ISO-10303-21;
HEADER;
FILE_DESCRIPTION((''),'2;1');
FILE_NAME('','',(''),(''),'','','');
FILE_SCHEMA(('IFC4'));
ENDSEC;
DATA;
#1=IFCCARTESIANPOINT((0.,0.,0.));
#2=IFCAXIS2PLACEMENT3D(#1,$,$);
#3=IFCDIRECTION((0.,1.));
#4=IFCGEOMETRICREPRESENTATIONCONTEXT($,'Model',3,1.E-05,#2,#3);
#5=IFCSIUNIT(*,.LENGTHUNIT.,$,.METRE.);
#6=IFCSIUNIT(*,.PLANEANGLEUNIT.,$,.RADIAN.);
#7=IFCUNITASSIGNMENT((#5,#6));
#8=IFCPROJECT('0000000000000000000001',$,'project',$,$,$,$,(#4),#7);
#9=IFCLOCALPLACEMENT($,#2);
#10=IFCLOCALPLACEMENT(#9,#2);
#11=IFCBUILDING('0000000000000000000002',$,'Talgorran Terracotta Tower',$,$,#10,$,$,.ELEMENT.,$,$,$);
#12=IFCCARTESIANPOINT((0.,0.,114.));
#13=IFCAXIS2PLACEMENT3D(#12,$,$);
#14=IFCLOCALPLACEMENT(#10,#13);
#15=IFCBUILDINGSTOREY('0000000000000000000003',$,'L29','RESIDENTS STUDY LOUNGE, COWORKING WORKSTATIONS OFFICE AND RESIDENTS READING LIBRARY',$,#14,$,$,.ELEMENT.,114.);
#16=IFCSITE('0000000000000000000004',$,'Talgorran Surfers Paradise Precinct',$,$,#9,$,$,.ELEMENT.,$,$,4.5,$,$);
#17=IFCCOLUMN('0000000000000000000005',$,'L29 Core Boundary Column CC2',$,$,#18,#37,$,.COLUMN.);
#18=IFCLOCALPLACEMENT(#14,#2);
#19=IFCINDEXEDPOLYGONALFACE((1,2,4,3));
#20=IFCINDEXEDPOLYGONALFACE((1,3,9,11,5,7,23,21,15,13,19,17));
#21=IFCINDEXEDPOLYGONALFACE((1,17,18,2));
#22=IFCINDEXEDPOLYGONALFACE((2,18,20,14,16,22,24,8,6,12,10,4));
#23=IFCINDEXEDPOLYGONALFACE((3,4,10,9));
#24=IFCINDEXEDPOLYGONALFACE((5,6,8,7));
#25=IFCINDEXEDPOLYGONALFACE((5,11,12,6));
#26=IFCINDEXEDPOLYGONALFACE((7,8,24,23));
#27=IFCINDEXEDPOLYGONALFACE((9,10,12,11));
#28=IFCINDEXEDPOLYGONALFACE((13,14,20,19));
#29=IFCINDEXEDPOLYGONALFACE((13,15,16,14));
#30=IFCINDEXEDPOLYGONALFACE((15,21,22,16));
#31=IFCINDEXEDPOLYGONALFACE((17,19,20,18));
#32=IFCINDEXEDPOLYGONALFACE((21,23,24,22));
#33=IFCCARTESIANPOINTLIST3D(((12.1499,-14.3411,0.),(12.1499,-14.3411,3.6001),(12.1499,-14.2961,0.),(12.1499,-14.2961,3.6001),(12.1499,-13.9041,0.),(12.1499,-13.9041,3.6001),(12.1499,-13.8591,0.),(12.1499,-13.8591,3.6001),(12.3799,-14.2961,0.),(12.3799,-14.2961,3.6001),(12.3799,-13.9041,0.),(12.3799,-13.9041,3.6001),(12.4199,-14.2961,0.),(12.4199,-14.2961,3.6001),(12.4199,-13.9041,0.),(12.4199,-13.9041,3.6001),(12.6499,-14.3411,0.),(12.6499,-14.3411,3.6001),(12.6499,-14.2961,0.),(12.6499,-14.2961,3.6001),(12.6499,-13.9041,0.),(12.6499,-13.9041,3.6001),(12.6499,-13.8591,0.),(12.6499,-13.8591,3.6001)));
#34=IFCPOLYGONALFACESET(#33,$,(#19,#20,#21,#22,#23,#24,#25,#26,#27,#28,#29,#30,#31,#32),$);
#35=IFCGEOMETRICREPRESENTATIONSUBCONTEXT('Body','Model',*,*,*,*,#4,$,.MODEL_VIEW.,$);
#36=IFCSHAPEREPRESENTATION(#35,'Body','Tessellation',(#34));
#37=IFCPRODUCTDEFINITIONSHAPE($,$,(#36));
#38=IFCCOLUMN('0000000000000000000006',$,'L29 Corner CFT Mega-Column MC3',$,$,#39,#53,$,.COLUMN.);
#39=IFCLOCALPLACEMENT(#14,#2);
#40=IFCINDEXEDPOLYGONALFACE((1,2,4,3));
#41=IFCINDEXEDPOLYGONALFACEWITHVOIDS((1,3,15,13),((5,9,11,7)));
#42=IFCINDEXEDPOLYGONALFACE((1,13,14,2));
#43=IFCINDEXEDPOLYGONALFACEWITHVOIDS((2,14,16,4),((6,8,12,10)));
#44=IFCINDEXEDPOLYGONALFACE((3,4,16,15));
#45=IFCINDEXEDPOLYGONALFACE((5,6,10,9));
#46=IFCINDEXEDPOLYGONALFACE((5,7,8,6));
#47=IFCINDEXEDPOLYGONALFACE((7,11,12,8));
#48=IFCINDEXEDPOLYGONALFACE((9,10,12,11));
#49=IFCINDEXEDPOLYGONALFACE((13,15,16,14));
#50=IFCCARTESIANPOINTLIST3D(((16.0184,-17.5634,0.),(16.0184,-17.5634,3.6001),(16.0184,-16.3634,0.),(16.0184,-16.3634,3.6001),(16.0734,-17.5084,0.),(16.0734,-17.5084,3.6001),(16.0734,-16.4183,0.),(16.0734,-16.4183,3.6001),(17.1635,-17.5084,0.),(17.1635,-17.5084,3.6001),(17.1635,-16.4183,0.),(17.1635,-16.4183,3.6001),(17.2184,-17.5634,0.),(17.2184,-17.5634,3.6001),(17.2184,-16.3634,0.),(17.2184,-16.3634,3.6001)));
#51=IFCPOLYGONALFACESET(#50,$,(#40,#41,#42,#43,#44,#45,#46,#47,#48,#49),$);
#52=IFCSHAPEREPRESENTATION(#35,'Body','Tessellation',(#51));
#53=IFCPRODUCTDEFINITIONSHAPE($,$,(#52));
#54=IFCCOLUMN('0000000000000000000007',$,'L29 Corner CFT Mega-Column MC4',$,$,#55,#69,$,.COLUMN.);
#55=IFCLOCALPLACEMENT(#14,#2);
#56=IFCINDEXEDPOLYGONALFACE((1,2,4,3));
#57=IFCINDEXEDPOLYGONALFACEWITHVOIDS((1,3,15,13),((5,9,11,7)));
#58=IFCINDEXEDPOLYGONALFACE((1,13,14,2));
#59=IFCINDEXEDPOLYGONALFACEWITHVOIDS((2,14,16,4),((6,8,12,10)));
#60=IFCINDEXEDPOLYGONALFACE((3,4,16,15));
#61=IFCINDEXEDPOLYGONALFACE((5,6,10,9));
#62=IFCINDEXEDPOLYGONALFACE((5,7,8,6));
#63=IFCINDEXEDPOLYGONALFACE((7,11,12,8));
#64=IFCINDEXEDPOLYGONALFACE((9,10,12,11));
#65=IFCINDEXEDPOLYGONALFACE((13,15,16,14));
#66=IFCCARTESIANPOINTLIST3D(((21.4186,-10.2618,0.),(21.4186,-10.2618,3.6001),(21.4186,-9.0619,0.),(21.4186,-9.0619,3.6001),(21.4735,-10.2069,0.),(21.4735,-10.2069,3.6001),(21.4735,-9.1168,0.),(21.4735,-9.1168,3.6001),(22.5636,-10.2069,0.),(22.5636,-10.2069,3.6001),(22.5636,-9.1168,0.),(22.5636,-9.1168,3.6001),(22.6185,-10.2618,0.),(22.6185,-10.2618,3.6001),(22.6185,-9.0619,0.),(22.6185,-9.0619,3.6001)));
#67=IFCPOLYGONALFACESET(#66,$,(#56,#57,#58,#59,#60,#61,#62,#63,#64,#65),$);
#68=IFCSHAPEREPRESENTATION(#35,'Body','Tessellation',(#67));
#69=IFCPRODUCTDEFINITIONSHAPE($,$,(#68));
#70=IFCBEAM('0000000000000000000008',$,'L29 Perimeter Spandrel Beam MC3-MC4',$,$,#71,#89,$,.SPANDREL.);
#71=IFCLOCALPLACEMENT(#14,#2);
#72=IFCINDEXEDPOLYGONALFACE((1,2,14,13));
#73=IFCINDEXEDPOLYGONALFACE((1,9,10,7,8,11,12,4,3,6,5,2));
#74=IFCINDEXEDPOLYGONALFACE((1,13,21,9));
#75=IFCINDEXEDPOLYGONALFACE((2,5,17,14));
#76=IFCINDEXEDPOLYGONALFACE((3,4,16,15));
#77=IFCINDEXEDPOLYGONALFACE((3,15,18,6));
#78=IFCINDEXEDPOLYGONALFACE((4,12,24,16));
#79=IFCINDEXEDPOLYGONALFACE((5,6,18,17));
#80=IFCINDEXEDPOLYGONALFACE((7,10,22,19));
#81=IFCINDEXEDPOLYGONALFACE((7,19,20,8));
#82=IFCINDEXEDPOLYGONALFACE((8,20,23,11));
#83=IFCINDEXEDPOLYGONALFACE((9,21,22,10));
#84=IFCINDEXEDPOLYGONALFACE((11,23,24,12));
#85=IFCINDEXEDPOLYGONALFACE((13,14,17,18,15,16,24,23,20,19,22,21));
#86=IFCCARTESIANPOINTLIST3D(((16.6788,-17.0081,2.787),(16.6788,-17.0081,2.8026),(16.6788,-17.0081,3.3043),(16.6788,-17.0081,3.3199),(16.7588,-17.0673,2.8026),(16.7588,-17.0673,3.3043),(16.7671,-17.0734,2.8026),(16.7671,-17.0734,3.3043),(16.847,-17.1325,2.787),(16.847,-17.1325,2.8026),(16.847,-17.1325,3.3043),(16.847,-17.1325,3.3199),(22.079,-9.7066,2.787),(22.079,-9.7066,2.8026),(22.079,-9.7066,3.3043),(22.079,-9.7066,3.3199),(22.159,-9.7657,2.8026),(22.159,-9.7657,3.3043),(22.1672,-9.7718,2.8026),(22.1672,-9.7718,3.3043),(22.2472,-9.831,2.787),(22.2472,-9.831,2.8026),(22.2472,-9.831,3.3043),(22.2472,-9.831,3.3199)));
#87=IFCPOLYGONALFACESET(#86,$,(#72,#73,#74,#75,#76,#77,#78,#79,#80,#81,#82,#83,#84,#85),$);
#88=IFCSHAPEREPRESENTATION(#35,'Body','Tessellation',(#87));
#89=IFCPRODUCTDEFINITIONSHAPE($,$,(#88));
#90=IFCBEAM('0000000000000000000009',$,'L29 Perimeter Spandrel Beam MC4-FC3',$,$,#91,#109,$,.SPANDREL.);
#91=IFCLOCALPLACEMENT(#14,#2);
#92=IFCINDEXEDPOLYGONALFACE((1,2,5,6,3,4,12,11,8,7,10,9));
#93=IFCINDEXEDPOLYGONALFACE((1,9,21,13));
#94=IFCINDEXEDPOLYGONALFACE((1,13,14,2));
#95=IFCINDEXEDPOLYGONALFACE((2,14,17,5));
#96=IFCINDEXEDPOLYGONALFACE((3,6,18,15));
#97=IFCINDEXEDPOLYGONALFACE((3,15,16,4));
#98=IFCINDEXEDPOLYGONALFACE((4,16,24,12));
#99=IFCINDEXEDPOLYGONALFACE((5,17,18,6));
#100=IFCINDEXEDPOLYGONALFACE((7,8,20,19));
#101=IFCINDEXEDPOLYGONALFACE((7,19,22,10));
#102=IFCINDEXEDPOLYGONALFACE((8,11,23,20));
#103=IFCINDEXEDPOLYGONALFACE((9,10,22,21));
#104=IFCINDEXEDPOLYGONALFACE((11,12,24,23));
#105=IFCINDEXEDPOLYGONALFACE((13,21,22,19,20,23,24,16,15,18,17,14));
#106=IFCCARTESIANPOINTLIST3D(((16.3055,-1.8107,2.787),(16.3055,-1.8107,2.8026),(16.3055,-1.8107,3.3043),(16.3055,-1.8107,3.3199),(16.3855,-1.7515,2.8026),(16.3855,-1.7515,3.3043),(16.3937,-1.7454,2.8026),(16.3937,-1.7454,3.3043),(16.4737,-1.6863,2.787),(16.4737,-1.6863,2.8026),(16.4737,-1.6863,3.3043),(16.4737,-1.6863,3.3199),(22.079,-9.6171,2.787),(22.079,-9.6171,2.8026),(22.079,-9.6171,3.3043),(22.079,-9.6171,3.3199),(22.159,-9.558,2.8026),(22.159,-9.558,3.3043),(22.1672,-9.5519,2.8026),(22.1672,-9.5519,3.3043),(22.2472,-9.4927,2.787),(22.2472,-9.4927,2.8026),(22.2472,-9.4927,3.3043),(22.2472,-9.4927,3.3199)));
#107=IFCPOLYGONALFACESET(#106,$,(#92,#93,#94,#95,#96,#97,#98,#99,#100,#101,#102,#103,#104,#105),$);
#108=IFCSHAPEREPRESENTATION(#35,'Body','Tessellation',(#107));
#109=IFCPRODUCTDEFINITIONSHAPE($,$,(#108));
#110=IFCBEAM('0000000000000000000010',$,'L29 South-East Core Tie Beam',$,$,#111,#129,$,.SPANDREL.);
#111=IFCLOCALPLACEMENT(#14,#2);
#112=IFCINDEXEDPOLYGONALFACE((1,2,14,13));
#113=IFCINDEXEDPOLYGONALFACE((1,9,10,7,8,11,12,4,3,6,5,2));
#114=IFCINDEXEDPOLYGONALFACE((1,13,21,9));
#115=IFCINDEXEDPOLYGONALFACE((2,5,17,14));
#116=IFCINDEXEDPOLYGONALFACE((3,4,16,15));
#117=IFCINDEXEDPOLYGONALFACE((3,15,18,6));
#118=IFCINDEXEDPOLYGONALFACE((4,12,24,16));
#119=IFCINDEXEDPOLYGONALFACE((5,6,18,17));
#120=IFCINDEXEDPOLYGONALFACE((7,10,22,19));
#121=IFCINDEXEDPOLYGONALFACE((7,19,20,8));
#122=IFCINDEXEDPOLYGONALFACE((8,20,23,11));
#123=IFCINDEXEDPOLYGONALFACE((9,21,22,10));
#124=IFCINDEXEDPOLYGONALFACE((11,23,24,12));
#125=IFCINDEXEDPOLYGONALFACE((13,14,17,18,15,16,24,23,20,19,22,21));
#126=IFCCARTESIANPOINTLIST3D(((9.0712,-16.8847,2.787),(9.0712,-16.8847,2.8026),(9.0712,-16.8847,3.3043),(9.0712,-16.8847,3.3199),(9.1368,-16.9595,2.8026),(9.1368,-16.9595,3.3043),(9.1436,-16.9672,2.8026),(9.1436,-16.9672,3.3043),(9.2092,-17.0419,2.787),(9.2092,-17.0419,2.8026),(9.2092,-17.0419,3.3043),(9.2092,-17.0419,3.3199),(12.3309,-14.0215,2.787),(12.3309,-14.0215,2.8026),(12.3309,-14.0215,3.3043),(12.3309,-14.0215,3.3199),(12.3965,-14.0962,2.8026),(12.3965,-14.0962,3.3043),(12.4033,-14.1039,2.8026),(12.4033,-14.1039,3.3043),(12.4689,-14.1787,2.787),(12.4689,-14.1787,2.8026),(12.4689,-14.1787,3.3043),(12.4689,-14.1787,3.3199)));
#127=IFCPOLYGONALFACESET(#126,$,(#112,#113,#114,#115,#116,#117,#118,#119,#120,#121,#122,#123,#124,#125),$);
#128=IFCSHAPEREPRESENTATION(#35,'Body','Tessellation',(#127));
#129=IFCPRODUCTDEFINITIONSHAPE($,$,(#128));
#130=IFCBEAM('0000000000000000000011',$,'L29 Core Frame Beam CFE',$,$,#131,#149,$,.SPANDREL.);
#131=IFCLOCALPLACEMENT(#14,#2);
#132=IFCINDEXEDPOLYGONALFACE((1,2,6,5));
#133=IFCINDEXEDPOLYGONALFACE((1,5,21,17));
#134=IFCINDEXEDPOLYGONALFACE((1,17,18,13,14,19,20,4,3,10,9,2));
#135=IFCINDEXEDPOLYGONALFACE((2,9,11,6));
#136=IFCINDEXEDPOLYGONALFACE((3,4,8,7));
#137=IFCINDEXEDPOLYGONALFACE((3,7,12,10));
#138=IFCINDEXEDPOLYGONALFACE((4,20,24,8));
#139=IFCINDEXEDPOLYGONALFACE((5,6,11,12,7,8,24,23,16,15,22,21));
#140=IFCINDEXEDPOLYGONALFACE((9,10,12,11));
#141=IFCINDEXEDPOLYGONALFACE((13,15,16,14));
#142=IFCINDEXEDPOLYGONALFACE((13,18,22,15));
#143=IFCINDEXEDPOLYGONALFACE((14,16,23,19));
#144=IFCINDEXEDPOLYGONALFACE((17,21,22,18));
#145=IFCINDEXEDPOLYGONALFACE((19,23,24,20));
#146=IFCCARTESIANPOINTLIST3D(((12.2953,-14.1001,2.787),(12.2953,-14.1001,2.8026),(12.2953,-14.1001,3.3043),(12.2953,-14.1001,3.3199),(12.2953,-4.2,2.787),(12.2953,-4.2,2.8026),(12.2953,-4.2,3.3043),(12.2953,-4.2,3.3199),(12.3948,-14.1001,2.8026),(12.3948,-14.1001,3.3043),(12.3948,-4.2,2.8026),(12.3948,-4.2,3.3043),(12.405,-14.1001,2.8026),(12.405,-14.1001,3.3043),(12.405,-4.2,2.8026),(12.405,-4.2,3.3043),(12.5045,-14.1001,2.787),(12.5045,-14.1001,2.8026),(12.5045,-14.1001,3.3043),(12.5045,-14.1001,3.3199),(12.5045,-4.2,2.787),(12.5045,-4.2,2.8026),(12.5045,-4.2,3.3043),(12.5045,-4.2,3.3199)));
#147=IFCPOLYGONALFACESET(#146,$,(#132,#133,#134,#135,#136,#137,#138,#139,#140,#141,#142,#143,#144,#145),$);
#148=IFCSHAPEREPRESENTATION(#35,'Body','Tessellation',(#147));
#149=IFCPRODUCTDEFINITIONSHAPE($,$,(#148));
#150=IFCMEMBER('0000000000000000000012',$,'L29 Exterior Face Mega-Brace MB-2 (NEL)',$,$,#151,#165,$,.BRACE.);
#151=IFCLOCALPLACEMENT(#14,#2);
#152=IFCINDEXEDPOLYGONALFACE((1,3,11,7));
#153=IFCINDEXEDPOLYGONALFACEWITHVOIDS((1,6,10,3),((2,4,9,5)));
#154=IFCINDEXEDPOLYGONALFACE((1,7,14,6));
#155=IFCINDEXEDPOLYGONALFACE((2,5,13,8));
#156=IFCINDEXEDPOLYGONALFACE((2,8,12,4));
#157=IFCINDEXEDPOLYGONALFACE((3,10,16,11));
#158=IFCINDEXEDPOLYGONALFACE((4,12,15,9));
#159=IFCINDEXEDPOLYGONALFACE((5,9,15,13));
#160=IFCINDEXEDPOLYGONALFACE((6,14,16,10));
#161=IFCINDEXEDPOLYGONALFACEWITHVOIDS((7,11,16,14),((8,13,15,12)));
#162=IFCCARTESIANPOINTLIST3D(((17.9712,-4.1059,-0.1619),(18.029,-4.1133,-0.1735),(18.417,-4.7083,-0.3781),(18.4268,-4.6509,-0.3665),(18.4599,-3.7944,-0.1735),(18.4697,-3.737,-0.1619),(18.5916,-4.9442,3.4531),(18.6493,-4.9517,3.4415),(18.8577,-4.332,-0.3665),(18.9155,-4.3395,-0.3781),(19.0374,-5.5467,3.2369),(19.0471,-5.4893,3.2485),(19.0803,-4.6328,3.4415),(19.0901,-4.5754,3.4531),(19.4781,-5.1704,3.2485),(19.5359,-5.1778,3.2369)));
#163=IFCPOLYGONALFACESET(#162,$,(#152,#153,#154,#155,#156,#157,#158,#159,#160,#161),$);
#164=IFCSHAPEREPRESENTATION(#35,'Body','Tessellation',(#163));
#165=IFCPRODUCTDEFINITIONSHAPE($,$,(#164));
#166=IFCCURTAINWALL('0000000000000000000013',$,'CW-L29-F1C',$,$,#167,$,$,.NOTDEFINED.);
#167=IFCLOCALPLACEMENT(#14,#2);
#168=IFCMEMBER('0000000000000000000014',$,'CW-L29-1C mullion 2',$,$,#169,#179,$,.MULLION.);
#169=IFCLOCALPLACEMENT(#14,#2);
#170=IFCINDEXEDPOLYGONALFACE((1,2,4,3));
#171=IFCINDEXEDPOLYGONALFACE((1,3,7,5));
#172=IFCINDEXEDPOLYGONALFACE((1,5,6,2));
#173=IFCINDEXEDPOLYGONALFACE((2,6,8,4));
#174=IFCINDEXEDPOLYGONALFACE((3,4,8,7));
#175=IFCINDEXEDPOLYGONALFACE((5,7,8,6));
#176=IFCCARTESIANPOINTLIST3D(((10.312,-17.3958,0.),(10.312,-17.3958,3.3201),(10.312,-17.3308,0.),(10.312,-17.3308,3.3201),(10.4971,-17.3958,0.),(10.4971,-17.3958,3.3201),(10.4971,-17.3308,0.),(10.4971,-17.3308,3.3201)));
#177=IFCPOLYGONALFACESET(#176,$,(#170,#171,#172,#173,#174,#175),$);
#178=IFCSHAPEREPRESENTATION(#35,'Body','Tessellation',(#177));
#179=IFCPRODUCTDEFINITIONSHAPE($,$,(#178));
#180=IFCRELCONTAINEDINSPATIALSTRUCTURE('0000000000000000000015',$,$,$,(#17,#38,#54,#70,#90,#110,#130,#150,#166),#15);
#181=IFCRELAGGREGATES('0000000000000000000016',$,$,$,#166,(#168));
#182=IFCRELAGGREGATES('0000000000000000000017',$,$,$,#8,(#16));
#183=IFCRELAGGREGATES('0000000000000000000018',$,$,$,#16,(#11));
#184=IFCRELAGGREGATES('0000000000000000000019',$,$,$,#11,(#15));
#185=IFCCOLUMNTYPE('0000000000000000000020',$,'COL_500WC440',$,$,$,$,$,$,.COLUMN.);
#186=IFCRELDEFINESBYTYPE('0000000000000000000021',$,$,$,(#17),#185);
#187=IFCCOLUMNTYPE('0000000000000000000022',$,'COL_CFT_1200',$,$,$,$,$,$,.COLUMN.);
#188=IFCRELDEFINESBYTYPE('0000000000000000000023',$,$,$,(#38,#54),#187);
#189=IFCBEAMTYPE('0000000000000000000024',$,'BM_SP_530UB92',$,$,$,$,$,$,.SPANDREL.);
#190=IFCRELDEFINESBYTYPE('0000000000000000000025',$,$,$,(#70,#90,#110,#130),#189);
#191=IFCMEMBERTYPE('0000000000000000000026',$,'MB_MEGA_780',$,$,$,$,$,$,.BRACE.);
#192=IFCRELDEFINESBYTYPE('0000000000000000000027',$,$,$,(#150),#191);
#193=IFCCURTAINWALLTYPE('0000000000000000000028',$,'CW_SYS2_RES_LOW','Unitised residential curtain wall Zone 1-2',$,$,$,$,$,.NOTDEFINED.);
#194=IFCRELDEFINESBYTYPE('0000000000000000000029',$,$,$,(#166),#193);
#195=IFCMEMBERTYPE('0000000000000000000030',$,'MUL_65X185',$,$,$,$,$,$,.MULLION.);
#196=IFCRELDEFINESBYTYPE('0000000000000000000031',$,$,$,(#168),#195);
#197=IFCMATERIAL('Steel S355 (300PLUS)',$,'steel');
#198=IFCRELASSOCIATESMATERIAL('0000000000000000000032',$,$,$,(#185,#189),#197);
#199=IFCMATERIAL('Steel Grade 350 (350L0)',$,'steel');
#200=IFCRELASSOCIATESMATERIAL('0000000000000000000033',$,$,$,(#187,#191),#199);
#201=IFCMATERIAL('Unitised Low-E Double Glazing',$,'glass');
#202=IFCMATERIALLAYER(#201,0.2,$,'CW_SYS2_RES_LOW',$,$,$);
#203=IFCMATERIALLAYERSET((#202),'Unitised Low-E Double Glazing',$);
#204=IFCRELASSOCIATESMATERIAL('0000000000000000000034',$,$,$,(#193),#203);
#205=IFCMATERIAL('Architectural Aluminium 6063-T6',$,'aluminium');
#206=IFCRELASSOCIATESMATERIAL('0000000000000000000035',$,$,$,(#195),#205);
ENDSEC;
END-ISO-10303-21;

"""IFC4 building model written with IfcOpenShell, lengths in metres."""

from ifc_helpers import new_model, si_unit, direction, frame, origin, origin_2d, place, context, subcontext, project, spatial, rectangle, hollow_rectangle, i_section, extrude, material, layer, layer_set, material_profile, profile_set, type_object, element, aggregate, save


model = new_model("IFC4")

# Units and contexts
model_context = context("Model", 3, precision=1e-05, world=origin(), true_north=direction((0.0, 1.0)))
body_context = subcontext(model_context, "Body", "Model", "MODEL_VIEW")
ifc_project = project(units=[si_unit("LENGTHUNIT", "METRE"), si_unit("PLANEANGLEUNIT", "RADIAN")], contexts=[model_context])

# Site, building, storey
site_placement = place(None, origin())
site = spatial("IfcSite", under=ifc_project, at=site_placement, Name="Talgorran Surfers Paradise Precinct", CompositionType="ELEMENT", RefElevation=4.5)
building_placement = place(site_placement, origin())
building = spatial("IfcBuilding", under=site, at=building_placement, Name="Talgorran Terracotta Tower", CompositionType="ELEMENT")
storey_placement = place(building_placement, frame((0.0, 0.0, 114.0)))
storey = spatial("IfcBuildingStorey", under=building, at=storey_placement, Name="L29", Description="RESIDENTS STUDY LOUNGE, COWORKING WORKSTATIONS OFFICE AND RESIDENTS READING LIBRARY", CompositionType="ELEMENT", Elevation=114.0)

# Columns
ifc_material_1 = material(Name="Steel S355 (300PLUS)", Category="steel")
ifc_material_profile_1 = material_profile(ifc_material_1, i_section(OverallWidth=0.5, OverallDepth=0.4819, WebThickness=0.04, FlangeThickness=0.0449, at=origin_2d()), Name="500WC440")
ifc_profile_set_1 = profile_set([ifc_material_profile_1], Name="Steel S355 (300PLUS)")
column_type_1 = type_object("IfcColumnType", Name="COL_500WC440", PredefinedType="COLUMN", material=ifc_profile_set_1)
column_placement = place(storey_placement, frame((12.3999, -14.1001, 0.0), z_axis=(0.0, 0.0, 1.0), x_axis=(1.0, 0.0, 0.0)))
element("IfcColumn", 1, at=column_placement, inside=storey, type_object=column_type_1, Name="L29 Core Boundary Column CC2", PredefinedType="COLUMN", context=body_context, shape_type="SweptSolid", body=[
    extrude(i_section(OverallWidth=0.5, OverallDepth=0.4819, WebThickness=0.04, FlangeThickness=0.0449, at=origin_2d()), origin(), (0.0, 0.0, 1.0), 3.6001),
])
ifc_material_2 = material(Name="Steel Grade 350 (350L0)", Category="steel")
ifc_material_profile_2 = material_profile(ifc_material_2, hollow_rectangle(XDim=1.2, YDim=1.2, WallThickness=0.0549, at=origin_2d()), Name="CFT1200X1200X55")
ifc_profile_set_2 = profile_set([ifc_material_profile_2], Name="Steel Grade 350 (350L0)")
column_type_2 = type_object("IfcColumnType", Name="COL_CFT_1200", PredefinedType="COLUMN", material=ifc_profile_set_2)
for number, where, z_axis, x_axis, name in (
    (2, (16.6184, -16.9634, 0.0), (0.0, 0.0, 1.0), (1.0, 0.0, 0.0), "L29 Corner CFT Mega-Column MC3"),
    (3, (22.0186, -9.6619, 0.0), (0.0, 0.0, 1.0), (1.0, 0.0, 0.0), "L29 Corner CFT Mega-Column MC4"),
):
    element("IfcColumn", number, at=place(storey_placement, frame(where, z_axis=z_axis, x_axis=x_axis)), inside=storey, type_object=column_type_2, Name=name, PredefinedType="COLUMN", context=body_context, shape_type="SweptSolid", body=[
        extrude(hollow_rectangle(XDim=1.2, YDim=1.2, WallThickness=0.0549, at=origin_2d()), origin(), (0.0, 0.0, 1.0), 3.6001),
    ])

# Beams
ifc_material_profile_3 = material_profile(ifc_material_1, i_section(OverallWidth=0.2092, OverallDepth=0.533, WebThickness=0.0103, FlangeThickness=0.0156, at=origin_2d()), Name="530UB92.4")
ifc_profile_set_3 = profile_set([ifc_material_profile_3], Name="Steel S355 (300PLUS)")
beam_type = type_object("IfcBeamType", Name="BM_SP_530UB92", PredefinedType="SPANDREL", material=ifc_profile_set_3)
beam_1_placement = place(storey_placement, frame((16.7629, -17.0703, 3.0535), z_axis=(0.594631, 0.803998, 0.0), x_axis=(-0.803998, 0.594631, 0.0)))
element("IfcBeam", 4, at=beam_1_placement, inside=storey, type_object=beam_type, Name="L29 Perimeter Spandrel Beam MC3-MC4", PredefinedType="SPANDREL", context=body_context, shape_type="SweptSolid", body=[
    extrude(i_section(OverallWidth=0.2092, OverallDepth=0.533, WebThickness=0.0103, FlangeThickness=0.0156, at=origin_2d()), origin(), (0.0, 0.0, 1.0), 9.0815),
])
beam_2_placement = place(storey_placement, frame((22.1631, -9.5549, 3.0535), z_axis=(-0.594624, 0.804004, 0.0), x_axis=(-0.804004, -0.594624, 0.0)))
element("IfcBeam", 5, at=beam_2_placement, inside=storey, type_object=beam_type, Name="L29 Perimeter Spandrel Beam MC4-FC3", PredefinedType="SPANDREL", context=body_context, shape_type="SweptSolid", body=[
    extrude(i_section(OverallWidth=0.2092, OverallDepth=0.533, WebThickness=0.0103, FlangeThickness=0.0156, at=origin_2d()), origin(), (0.0, 0.0, 1.0), 9.7095),
])
beam_3_placement = place(storey_placement, frame((12.3999, -14.1001, 3.0535), z_axis=(-0.75132, -0.659938, 0.0), x_axis=(0.659938, -0.75132, 0.0)))
element("IfcBeam", 6, at=beam_3_placement, inside=storey, type_object=beam_type, Name="L29 South-East Core Tie Beam", PredefinedType="SPANDREL", context=body_context, shape_type="SweptSolid", body=[
    extrude(i_section(OverallWidth=0.2092, OverallDepth=0.533, WebThickness=0.0103, FlangeThickness=0.0156, at=origin_2d()), origin(), (0.0, 0.0, 1.0), 4.3386),
])
beam_4_placement = place(storey_placement, frame((12.3999, -14.1001, 3.0535), z_axis=(0.0, 1.0, 0.0), x_axis=(-1.0, 0.0, 0.0)))
element("IfcBeam", 7, at=beam_4_placement, inside=storey, type_object=beam_type, Name="L29 Core Frame Beam CFE", PredefinedType="SPANDREL", context=body_context, shape_type="SweptSolid", body=[
    extrude(i_section(OverallWidth=0.2092, OverallDepth=0.533, WebThickness=0.0103, FlangeThickness=0.0156, at=origin_2d()), origin(), (0.0, 0.0, 1.0), 9.9001),
])

# Member
ifc_material_profile_4 = material_profile(ifc_material_2, hollow_rectangle(XDim=0.6201, YDim=0.78, WallThickness=0.042, at=origin_2d()), Name="WBOX780X620X42")
ifc_profile_set_4 = profile_set([ifc_material_profile_4], Name="Steel Grade 350 (350L0)")
member_type_1 = type_object("IfcMemberType", Name="MB_MEGA_780", PredefinedType="BRACE", material=ifc_profile_set_4)
member_1_placement = place(storey_placement, frame((18.4434, -4.2227, -0.27), z_axis=(0.164883, -0.222829, 0.960813), x_axis=(0.80386, 0.594819, 0.0)))
element("IfcMember", 8, at=member_1_placement, inside=storey, type_object=member_type_1, Name="L29 Exterior Face Mega-Brace MB-2 (NEL)", PredefinedType="BRACE", context=body_context, shape_type="SweptSolid", body=[
    extrude(hollow_rectangle(XDim=0.6201, YDim=0.78, WallThickness=0.042, at=origin_2d()), origin(), (0.0, 0.0, 1.0), 3.7625),
])

# Curtain wall, member
ifc_material_3 = material(Name="Unitised Low-E Double Glazing", Category="glass")
ifc_layer_1 = layer(ifc_material_3, 0.2, Name="CW_SYS2_RES_LOW")
ifc_layer_set_1 = layer_set([ifc_layer_1], Name="Unitised Low-E Double Glazing")
curtain_wall_type = type_object("IfcCurtainWallType", Name="CW_SYS2_RES_LOW", Description="Unitised residential curtain wall Zone 1-2", PredefinedType="NOTDEFINED", material=ifc_layer_set_1)
curtain_wall_1_placement = place(storey_placement, origin())
curtain_wall_1 = element("IfcCurtainWall", 9, at=curtain_wall_1_placement, inside=storey, type_object=curtain_wall_type, Name="CW-L29-F1C", PredefinedType="NOTDEFINED")
ifc_material_4 = material(Name="Architectural Aluminium 6063-T6", Category="aluminium")
ifc_material_profile_5 = material_profile(ifc_material_4, rectangle(XDim=0.0649, YDim=0.1851, at=origin_2d()), Name="CWM65X185")
ifc_profile_set_5 = profile_set([ifc_material_profile_5], Name="Architectural Aluminium 6063-T6")
member_type_2 = type_object("IfcMemberType", Name="MUL_65X185", PredefinedType="MULLION", material=ifc_profile_set_5)
member_2_placement = place(storey_placement, frame((10.4045, -17.3633, 0.0), z_axis=(0.0, 0.0, 1.0), x_axis=(0.0, 1.0, 0.0)))
member_2 = element("IfcMember", 10, at=member_2_placement, type_object=member_type_2, Name="CW-L29-1C mullion 2", PredefinedType="MULLION", context=body_context, shape_type="SweptSolid", body=[
    extrude(rectangle(XDim=0.0649, YDim=0.1851, at=origin_2d()), origin(), (0.0, 0.0, 1.0), 3.3201),
])

aggregate(curtain_wall_1, [member_2])

save(model, "model.ifc")
